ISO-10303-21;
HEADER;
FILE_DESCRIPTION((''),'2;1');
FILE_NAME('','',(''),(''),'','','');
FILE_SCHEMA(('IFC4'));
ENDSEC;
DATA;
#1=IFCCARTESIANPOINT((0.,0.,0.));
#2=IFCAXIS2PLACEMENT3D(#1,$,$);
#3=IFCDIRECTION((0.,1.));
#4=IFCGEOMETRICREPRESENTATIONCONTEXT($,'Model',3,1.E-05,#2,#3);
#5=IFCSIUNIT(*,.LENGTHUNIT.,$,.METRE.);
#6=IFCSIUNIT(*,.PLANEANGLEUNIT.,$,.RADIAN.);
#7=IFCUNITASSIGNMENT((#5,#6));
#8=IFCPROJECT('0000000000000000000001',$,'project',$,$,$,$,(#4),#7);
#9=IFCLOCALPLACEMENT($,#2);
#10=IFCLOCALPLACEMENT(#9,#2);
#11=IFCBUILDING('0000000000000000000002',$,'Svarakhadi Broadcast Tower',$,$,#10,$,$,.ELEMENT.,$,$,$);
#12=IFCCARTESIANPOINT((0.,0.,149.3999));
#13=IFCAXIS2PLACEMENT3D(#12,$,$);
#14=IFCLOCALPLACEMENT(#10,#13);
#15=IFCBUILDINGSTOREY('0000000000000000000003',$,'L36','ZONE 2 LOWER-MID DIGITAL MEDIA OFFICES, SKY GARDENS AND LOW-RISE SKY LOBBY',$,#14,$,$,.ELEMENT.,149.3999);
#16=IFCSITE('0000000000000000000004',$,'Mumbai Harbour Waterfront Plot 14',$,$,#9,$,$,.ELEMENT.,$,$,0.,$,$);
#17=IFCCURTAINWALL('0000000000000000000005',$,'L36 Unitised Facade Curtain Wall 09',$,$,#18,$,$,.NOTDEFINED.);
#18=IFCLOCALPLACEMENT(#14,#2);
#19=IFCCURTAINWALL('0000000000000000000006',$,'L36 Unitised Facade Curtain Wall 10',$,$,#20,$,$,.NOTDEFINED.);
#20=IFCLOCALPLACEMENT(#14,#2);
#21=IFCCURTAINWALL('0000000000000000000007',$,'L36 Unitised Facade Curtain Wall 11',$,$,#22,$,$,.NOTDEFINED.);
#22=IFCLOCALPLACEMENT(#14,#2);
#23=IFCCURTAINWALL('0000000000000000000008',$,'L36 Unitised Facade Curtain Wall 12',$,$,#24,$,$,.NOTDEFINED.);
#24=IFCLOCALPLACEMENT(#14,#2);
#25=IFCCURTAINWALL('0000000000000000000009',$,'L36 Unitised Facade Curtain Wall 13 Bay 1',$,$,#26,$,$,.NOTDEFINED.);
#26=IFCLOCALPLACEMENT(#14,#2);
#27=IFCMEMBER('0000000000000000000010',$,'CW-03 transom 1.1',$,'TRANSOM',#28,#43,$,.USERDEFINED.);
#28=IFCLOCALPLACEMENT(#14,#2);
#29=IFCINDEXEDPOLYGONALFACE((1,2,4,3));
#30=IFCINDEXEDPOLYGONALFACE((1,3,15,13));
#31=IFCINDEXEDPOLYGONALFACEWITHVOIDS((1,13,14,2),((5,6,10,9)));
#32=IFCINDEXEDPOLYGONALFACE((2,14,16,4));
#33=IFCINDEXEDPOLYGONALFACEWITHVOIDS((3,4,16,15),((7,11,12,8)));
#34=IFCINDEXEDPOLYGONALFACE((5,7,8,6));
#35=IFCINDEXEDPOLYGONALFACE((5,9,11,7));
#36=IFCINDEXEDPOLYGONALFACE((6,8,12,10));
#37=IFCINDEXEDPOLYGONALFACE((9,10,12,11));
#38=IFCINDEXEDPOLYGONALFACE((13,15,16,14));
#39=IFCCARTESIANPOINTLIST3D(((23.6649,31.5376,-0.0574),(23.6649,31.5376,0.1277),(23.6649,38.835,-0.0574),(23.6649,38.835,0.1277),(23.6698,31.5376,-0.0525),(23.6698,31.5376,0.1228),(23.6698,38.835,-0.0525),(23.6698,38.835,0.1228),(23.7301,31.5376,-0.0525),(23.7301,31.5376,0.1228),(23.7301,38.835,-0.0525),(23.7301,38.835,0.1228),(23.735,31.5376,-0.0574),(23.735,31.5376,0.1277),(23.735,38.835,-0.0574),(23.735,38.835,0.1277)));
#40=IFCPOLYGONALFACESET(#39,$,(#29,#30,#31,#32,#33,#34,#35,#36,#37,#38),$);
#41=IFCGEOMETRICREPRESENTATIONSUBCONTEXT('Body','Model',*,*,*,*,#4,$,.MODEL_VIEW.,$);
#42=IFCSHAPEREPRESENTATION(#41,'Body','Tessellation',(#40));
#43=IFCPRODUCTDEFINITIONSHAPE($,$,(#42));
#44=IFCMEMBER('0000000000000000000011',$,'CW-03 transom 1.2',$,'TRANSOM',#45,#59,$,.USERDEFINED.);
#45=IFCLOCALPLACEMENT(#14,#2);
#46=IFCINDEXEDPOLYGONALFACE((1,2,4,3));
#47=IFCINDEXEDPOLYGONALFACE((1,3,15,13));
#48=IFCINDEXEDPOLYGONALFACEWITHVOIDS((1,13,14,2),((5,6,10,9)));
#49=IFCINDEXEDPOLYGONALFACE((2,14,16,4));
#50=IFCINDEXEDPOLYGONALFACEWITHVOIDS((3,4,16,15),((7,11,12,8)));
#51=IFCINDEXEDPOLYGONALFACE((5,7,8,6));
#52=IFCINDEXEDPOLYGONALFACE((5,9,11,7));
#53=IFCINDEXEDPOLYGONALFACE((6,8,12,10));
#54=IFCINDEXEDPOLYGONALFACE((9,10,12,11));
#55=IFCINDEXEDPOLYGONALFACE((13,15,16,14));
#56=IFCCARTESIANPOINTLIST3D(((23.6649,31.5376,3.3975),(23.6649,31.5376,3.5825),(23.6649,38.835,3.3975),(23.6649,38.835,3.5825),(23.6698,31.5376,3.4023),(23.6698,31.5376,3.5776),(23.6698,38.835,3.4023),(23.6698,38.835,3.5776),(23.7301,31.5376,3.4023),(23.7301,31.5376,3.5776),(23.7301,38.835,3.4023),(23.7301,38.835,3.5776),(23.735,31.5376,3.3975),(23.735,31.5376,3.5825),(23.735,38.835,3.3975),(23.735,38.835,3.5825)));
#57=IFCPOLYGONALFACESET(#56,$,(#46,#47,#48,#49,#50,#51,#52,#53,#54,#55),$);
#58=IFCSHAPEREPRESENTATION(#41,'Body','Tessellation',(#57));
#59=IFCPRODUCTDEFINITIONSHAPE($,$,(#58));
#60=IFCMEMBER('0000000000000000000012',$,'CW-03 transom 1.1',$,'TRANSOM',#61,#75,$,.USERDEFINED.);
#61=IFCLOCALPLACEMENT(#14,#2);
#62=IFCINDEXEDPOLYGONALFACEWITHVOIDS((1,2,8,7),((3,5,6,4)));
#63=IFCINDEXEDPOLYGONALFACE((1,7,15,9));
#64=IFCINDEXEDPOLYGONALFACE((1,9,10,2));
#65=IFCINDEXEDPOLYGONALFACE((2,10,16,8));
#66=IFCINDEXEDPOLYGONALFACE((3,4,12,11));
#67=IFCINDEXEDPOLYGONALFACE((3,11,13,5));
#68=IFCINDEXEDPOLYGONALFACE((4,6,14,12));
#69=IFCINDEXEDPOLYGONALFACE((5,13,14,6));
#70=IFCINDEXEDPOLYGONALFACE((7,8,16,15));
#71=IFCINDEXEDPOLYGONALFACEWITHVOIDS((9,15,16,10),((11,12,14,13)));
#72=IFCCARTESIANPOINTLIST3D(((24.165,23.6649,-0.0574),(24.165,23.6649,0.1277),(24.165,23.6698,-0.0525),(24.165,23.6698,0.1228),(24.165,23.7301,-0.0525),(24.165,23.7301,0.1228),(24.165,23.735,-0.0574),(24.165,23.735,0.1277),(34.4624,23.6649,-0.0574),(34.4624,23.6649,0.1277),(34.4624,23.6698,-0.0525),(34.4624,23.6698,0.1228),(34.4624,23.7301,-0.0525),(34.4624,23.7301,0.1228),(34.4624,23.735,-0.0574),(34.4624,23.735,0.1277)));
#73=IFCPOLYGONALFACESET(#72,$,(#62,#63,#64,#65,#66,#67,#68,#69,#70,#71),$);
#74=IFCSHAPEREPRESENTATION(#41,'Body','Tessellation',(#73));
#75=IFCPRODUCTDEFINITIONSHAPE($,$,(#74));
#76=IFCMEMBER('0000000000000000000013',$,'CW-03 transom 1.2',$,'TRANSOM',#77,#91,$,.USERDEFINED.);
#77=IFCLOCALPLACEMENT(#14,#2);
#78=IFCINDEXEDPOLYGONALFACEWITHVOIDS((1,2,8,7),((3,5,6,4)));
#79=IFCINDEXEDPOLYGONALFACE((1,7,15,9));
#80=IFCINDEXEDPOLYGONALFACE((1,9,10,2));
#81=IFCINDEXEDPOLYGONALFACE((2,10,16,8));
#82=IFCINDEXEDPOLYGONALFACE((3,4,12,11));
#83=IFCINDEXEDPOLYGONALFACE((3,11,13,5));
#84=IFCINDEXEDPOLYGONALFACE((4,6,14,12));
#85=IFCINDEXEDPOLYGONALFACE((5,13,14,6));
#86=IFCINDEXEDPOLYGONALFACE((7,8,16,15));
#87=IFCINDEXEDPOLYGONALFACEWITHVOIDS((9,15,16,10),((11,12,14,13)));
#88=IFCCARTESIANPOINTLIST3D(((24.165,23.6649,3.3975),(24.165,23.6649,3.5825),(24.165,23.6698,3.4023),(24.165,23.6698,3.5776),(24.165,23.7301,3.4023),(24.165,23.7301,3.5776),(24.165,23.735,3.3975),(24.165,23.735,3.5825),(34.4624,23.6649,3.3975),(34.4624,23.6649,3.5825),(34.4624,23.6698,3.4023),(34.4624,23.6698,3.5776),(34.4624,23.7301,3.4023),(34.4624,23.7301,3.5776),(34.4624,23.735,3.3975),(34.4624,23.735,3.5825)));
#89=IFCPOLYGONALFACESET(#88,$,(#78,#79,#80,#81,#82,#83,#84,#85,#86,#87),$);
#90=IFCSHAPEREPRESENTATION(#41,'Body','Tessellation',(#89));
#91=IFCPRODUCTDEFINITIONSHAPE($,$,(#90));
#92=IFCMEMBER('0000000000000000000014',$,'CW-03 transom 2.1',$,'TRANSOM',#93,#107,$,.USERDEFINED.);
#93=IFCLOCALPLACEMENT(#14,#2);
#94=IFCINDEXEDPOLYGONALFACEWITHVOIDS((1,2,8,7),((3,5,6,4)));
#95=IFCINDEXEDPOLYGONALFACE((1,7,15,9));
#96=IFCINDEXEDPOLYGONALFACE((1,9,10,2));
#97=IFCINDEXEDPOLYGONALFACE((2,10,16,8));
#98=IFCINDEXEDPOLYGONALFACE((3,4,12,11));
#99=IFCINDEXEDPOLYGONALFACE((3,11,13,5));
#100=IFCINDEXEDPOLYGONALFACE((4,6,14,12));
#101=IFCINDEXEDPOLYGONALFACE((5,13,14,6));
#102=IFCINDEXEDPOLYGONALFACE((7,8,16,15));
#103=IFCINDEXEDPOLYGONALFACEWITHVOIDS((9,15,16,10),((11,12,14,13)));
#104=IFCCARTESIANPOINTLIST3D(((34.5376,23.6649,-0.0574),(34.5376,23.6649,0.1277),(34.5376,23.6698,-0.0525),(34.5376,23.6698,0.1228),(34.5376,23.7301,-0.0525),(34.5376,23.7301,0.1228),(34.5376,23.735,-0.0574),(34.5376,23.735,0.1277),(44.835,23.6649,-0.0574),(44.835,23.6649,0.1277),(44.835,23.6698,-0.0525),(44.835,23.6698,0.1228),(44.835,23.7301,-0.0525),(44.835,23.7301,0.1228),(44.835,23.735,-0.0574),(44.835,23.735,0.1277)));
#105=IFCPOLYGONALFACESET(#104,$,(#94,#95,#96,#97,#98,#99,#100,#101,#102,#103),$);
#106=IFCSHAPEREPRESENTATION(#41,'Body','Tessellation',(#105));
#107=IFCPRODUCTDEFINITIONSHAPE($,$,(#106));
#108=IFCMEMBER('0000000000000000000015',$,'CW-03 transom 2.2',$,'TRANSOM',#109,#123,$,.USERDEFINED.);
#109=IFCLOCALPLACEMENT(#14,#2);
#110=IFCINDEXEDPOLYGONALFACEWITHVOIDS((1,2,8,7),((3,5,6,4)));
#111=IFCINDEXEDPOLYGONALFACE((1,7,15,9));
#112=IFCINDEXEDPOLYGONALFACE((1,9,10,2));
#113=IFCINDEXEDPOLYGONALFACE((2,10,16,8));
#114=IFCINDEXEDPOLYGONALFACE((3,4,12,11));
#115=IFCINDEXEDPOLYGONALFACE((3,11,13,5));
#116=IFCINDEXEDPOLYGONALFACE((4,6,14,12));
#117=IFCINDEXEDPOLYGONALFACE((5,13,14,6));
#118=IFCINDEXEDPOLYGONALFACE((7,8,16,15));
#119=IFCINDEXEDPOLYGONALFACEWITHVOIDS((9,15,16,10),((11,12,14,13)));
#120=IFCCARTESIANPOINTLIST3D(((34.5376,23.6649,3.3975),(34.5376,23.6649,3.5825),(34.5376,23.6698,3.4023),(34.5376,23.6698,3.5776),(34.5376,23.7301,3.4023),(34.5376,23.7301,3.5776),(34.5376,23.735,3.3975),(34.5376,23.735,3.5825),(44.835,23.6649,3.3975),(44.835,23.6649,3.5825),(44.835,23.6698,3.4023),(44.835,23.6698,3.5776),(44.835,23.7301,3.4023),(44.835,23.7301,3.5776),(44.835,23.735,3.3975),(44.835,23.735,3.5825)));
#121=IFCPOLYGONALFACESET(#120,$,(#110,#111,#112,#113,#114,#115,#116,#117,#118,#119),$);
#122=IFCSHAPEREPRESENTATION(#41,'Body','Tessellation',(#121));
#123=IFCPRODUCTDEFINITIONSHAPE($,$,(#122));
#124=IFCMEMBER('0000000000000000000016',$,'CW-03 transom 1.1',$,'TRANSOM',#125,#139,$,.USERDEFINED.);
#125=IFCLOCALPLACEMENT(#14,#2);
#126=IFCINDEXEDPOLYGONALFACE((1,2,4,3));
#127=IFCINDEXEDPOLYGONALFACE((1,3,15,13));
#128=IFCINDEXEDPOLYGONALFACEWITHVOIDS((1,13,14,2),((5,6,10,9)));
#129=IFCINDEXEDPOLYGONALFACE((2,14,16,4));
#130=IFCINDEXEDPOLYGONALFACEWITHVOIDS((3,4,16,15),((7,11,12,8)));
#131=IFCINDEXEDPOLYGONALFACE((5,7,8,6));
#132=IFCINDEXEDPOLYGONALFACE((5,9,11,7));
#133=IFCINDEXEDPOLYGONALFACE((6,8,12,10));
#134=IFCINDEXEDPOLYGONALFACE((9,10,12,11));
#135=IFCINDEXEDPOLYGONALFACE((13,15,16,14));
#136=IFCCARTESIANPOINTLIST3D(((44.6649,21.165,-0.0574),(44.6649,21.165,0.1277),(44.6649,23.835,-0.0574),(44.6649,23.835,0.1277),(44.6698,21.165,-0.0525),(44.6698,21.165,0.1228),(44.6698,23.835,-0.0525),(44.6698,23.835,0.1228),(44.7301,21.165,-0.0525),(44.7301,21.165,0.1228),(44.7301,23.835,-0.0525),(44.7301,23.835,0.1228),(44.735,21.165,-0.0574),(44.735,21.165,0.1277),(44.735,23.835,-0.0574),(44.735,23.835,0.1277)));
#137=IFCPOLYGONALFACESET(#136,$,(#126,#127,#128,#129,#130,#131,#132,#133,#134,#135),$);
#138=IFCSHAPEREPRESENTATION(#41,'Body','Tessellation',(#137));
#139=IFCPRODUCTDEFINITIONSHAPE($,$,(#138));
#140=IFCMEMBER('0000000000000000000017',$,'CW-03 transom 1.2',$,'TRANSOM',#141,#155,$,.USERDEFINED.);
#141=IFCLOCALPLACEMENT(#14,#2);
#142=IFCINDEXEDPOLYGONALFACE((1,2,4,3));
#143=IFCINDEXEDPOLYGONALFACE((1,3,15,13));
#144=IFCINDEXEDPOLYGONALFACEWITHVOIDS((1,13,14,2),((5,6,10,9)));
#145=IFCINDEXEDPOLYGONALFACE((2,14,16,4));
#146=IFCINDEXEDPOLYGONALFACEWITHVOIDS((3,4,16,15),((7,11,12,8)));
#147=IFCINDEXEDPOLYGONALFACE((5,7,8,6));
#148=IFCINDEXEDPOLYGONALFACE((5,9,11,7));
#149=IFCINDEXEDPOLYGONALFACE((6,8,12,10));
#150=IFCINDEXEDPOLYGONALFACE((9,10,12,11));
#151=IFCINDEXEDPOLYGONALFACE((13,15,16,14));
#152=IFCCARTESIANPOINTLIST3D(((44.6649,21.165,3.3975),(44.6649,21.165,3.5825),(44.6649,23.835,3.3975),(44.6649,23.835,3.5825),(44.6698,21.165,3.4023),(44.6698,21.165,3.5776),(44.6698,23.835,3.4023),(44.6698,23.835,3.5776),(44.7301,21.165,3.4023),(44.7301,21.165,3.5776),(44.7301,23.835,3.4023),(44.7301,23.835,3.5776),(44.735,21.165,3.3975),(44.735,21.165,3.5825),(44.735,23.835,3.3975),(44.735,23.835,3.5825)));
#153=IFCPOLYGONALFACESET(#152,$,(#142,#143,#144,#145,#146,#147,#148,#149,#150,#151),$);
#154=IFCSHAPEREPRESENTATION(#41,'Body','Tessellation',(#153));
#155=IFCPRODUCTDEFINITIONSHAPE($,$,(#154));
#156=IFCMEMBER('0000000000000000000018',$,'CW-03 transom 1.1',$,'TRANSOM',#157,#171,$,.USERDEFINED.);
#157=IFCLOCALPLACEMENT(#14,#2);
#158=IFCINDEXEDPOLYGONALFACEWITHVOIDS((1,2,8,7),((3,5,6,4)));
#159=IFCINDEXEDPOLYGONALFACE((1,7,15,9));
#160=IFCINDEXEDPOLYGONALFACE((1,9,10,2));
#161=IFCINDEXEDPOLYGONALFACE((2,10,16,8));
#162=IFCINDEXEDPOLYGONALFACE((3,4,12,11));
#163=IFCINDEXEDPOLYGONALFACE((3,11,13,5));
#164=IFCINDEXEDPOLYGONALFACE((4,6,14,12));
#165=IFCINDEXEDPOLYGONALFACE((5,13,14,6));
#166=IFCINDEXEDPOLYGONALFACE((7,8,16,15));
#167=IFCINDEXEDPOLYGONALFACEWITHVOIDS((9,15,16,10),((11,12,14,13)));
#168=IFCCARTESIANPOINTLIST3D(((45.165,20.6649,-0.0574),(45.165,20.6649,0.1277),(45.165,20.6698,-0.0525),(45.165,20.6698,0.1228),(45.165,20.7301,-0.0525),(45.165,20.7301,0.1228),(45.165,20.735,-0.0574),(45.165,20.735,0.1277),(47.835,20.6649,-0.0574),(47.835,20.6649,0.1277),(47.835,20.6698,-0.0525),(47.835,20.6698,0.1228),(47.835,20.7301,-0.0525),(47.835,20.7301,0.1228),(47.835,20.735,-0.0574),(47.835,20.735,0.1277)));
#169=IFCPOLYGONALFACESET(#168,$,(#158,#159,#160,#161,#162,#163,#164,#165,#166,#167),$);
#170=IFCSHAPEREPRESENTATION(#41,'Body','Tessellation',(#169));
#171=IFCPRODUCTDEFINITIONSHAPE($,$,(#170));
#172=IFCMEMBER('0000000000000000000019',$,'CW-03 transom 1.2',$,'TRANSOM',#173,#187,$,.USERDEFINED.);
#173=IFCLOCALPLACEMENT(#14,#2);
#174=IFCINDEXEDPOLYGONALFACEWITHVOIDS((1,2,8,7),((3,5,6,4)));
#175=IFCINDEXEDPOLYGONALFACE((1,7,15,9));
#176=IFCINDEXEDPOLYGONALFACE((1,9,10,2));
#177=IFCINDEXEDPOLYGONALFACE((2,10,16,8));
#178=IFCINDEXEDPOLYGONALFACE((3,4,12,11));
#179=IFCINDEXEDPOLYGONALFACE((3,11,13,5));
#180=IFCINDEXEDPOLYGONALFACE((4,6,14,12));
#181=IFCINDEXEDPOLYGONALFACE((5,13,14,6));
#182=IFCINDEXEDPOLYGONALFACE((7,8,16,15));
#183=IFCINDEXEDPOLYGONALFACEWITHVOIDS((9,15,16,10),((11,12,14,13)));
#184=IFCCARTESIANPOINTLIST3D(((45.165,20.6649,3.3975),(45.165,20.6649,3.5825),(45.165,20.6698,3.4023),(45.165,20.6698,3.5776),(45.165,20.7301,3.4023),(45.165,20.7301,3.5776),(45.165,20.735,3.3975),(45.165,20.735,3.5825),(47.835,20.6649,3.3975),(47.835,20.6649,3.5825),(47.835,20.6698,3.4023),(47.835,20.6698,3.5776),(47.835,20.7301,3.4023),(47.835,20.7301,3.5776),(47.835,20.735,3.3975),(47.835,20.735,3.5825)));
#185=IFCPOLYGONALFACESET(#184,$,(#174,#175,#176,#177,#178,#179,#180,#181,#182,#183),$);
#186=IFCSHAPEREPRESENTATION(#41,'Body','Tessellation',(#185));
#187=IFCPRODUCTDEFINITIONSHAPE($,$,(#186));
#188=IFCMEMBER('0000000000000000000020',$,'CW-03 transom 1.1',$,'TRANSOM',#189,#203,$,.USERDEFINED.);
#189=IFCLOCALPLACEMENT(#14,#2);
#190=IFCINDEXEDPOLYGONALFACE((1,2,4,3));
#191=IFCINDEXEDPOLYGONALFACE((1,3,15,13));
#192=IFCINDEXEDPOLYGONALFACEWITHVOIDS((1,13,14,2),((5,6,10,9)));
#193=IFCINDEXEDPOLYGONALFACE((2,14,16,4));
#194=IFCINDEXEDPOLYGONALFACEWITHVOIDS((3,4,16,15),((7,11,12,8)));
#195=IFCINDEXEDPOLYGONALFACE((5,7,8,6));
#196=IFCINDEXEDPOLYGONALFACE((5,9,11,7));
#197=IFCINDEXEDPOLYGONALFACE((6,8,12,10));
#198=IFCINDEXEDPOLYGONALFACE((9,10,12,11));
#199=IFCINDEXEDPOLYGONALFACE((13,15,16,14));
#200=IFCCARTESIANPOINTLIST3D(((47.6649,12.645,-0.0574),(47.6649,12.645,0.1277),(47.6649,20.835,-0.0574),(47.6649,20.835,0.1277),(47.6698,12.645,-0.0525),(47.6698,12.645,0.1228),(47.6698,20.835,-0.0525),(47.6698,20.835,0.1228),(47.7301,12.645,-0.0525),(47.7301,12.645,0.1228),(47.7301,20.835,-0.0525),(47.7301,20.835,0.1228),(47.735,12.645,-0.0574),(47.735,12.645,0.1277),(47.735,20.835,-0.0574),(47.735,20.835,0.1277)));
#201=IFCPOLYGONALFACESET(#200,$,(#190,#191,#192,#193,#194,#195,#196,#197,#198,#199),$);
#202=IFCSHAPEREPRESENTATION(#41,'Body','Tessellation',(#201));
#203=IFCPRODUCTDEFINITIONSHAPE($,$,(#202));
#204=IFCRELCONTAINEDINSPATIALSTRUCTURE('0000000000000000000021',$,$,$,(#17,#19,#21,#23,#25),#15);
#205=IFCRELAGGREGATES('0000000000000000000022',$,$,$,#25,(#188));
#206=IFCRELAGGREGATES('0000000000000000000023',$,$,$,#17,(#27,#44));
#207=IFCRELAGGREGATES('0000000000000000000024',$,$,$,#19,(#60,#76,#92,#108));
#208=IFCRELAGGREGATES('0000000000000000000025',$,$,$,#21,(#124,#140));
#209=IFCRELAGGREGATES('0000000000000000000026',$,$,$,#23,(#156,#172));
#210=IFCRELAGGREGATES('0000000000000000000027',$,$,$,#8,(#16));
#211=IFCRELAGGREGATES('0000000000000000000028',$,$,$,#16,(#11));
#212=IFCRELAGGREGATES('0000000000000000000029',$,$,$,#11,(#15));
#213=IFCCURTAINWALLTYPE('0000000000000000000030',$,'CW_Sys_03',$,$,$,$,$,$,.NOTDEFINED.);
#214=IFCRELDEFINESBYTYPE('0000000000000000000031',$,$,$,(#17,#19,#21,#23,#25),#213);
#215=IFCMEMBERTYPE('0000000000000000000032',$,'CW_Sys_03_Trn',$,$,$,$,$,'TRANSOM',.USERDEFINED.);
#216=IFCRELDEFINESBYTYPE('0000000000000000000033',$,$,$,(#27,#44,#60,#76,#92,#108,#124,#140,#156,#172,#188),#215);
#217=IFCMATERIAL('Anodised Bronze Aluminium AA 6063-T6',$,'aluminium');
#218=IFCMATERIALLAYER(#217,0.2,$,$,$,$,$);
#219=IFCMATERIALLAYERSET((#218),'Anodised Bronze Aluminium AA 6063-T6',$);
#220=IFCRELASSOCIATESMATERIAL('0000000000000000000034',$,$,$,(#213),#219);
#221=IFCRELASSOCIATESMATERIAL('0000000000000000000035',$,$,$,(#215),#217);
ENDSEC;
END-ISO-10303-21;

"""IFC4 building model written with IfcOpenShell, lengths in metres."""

from ifc_helpers import new_model, si_unit, direction, frame, origin, origin_2d, place, context, subcontext, project, spatial, hollow_rectangle, extrude, material, layer, layer_set, material_profile, profile_set, type_object, element, aggregate, save


model = new_model("IFC4")

# Units and contexts
model_context = context("Model", 3, precision=1e-05, world=origin(), true_north=direction((0.0, 1.0)))
body_context = subcontext(model_context, "Body", "Model", "MODEL_VIEW")
ifc_project = project(units=[si_unit("LENGTHUNIT", "METRE"), si_unit("PLANEANGLEUNIT", "RADIAN")], contexts=[model_context])

# Site, building, storey
site_placement = place(None, origin())
site = spatial("IfcSite", under=ifc_project, at=site_placement, Name="Mumbai Harbour Waterfront Plot 14", CompositionType="ELEMENT", RefElevation=0.0)
building_placement = place(site_placement, origin())
building = spatial("IfcBuilding", under=site, at=building_placement, Name="Svarakhadi Broadcast Tower", CompositionType="ELEMENT")
storey_placement = place(building_placement, frame((0.0, 0.0, 149.3999)))
storey = spatial("IfcBuildingStorey", under=building, at=storey_placement, Name="L36", Description="ZONE 2 LOWER-MID DIGITAL MEDIA OFFICES, SKY GARDENS AND LOW-RISE SKY LOBBY", CompositionType="ELEMENT", Elevation=149.3999)

# Shared definitions
ifc_material_1 = material(Name="Anodised Bronze Aluminium AA 6063-T6", Category="aluminium")
ifc_layer_1 = layer(ifc_material_1, 0.2)
ifc_layer_set_1 = layer_set([ifc_layer_1], Name="Anodised Bronze Aluminium AA 6063-T6")
curtain_wall_type = type_object("IfcCurtainWallType", Name="CW_Sys_03", PredefinedType="NOTDEFINED", material=ifc_layer_set_1)

# Curtain walls
curtain_wall_1_placement = place(storey_placement, origin())
curtain_wall_1 = element("IfcCurtainWall", 1, at=curtain_wall_1_placement, inside=storey, type_object=curtain_wall_type, Name="L36 Unitised Facade Curtain Wall 09", PredefinedType="NOTDEFINED")
curtain_wall_2_placement = place(storey_placement, origin())
curtain_wall_2 = element("IfcCurtainWall", 2, at=curtain_wall_2_placement, inside=storey, type_object=curtain_wall_type, Name="L36 Unitised Facade Curtain Wall 10", PredefinedType="NOTDEFINED")
curtain_wall_3_placement = place(storey_placement, origin())
curtain_wall_3 = element("IfcCurtainWall", 3, at=curtain_wall_3_placement, inside=storey, type_object=curtain_wall_type, Name="L36 Unitised Facade Curtain Wall 11", PredefinedType="NOTDEFINED")
curtain_wall_4_placement = place(storey_placement, origin())
curtain_wall_4 = element("IfcCurtainWall", 4, at=curtain_wall_4_placement, inside=storey, type_object=curtain_wall_type, Name="L36 Unitised Facade Curtain Wall 12", PredefinedType="NOTDEFINED")

# Curtain wall
curtain_wall_5_placement = place(storey_placement, origin())
curtain_wall_5 = element("IfcCurtainWall", 5, at=curtain_wall_5_placement, inside=storey, type_object=curtain_wall_type, Name="L36 Unitised Facade Curtain Wall 13 Bay 1", PredefinedType="NOTDEFINED")

# Members
ifc_material_profile_1 = material_profile(ifc_material_1, hollow_rectangle(XDim=0.0701, YDim=0.1851, WallThickness=0.0049, at=origin_2d()), Name="ALU TRANSOM 185x70x5")
ifc_profile_set_1 = profile_set([ifc_material_profile_1], Name="Anodised Bronze Aluminium AA 6063-T6")
member_type_1 = type_object("IfcMemberType", Name="CW_Sys_03_Trn", ElementType="TRANSOM", PredefinedType="USERDEFINED", material=ifc_profile_set_1)
member_1_placement = place(storey_placement, frame((23.7, 38.835, 0.0352), z_axis=(0.0, -1.0, 0.0), x_axis=(1.0, 0.0, 0.0)))
member_1 = element("IfcMember", 6, at=member_1_placement, type_object=member_type_1, Name="CW-03 transom 1.1", ObjectType="TRANSOM", PredefinedType="USERDEFINED", context=body_context, shape_type="SweptSolid", body=[
    extrude(hollow_rectangle(XDim=0.0701, YDim=0.1851, WallThickness=0.0049, at=origin_2d()), origin(), (0.0, 0.0, 1.0), 7.2974),
])
member_2_placement = place(storey_placement, frame((23.7, 38.835, 3.49), z_axis=(0.0, -1.0, 0.0), x_axis=(1.0, 0.0, 0.0)))
member_2 = element("IfcMember", 7, at=member_2_placement, type_object=member_type_1, Name="CW-03 transom 1.2", ObjectType="TRANSOM", PredefinedType="USERDEFINED", context=body_context, shape_type="SweptSolid", body=[
    extrude(hollow_rectangle(XDim=0.0701, YDim=0.1851, WallThickness=0.0049, at=origin_2d()), origin(), (0.0, 0.0, 1.0), 7.2974),
])
member_3_placement = place(storey_placement, frame((24.165, 23.7, 0.0352), z_axis=(1.0, 0.0, 0.0), x_axis=(0.0, 1.0, 0.0)))
member_3 = element("IfcMember", 8, at=member_3_placement, type_object=member_type_1, Name="CW-03 transom 1.1", ObjectType="TRANSOM", PredefinedType="USERDEFINED", context=body_context, shape_type="SweptSolid", body=[
    extrude(hollow_rectangle(XDim=0.0701, YDim=0.1851, WallThickness=0.0049, at=origin_2d()), origin(), (0.0, 0.0, 1.0), 10.2974),
])
member_4_placement = place(storey_placement, frame((24.165, 23.7, 3.49), z_axis=(1.0, 0.0, 0.0), x_axis=(0.0, 1.0, 0.0)))
member_4 = element("IfcMember", 9, at=member_4_placement, type_object=member_type_1, Name="CW-03 transom 1.2", ObjectType="TRANSOM", PredefinedType="USERDEFINED", context=body_context, shape_type="SweptSolid", body=[
    extrude(hollow_rectangle(XDim=0.0701, YDim=0.1851, WallThickness=0.0049, at=origin_2d()), origin(), (0.0, 0.0, 1.0), 10.2974),
])
member_5_placement = place(storey_placement, frame((34.5376, 23.7, 0.0352), z_axis=(1.0, 0.0, 0.0), x_axis=(0.0, 1.0, 0.0)))
member_5 = element("IfcMember", 10, at=member_5_placement, type_object=member_type_1, Name="CW-03 transom 2.1", ObjectType="TRANSOM", PredefinedType="USERDEFINED", context=body_context, shape_type="SweptSolid", body=[
    extrude(hollow_rectangle(XDim=0.0701, YDim=0.1851, WallThickness=0.0049, at=origin_2d()), origin(), (0.0, 0.0, 1.0), 10.2974),
])
member_6_placement = place(storey_placement, frame((34.5376, 23.7, 3.49), z_axis=(1.0, 0.0, 0.0), x_axis=(0.0, 1.0, 0.0)))
member_6 = element("IfcMember", 11, at=member_6_placement, type_object=member_type_1, Name="CW-03 transom 2.2", ObjectType="TRANSOM", PredefinedType="USERDEFINED", context=body_context, shape_type="SweptSolid", body=[
    extrude(hollow_rectangle(XDim=0.0701, YDim=0.1851, WallThickness=0.0049, at=origin_2d()), origin(), (0.0, 0.0, 1.0), 10.2974),
])
member_7_placement = place(storey_placement, frame((44.7, 23.835, 0.0352), z_axis=(0.0, -1.0, 0.0), x_axis=(1.0, 0.0, 0.0)))
member_7 = element("IfcMember", 12, at=member_7_placement, type_object=member_type_1, Name="CW-03 transom 1.1", ObjectType="TRANSOM", PredefinedType="USERDEFINED", context=body_context, shape_type="SweptSolid", body=[
    extrude(hollow_rectangle(XDim=0.0701, YDim=0.1851, WallThickness=0.0049, at=origin_2d()), origin(), (0.0, 0.0, 1.0), 2.6699),
])
member_8_placement = place(storey_placement, frame((44.7, 23.835, 3.49), z_axis=(0.0, -1.0, 0.0), x_axis=(1.0, 0.0, 0.0)))
member_8 = element("IfcMember", 13, at=member_8_placement, type_object=member_type_1, Name="CW-03 transom 1.2", ObjectType="TRANSOM", PredefinedType="USERDEFINED", context=body_context, shape_type="SweptSolid", body=[
    extrude(hollow_rectangle(XDim=0.0701, YDim=0.1851, WallThickness=0.0049, at=origin_2d()), origin(), (0.0, 0.0, 1.0), 2.6699),
])
member_9_placement = place(storey_placement, frame((45.165, 20.7, 0.0352), z_axis=(1.0, 0.0, 0.0), x_axis=(0.0, 1.0, 0.0)))
member_9 = element("IfcMember", 14, at=member_9_placement, type_object=member_type_1, Name="CW-03 transom 1.1", ObjectType="TRANSOM", PredefinedType="USERDEFINED", context=body_context, shape_type="SweptSolid", body=[
    extrude(hollow_rectangle(XDim=0.0701, YDim=0.1851, WallThickness=0.0049, at=origin_2d()), origin(), (0.0, 0.0, 1.0), 2.6699),
])
member_10_placement = place(storey_placement, frame((45.165, 20.7, 3.49), z_axis=(1.0, 0.0, 0.0), x_axis=(0.0, 1.0, 0.0)))
member_10 = element("IfcMember", 15, at=member_10_placement, type_object=member_type_1, Name="CW-03 transom 1.2", ObjectType="TRANSOM", PredefinedType="USERDEFINED", context=body_context, shape_type="SweptSolid", body=[
    extrude(hollow_rectangle(XDim=0.0701, YDim=0.1851, WallThickness=0.0049, at=origin_2d()), origin(), (0.0, 0.0, 1.0), 2.6699),
])
member_11_placement = place(storey_placement, frame((47.7, 20.835, 0.0352), z_axis=(0.0, -1.0, 0.0), x_axis=(1.0, 0.0, 0.0)))
member_11 = element("IfcMember", 16, at=member_11_placement, type_object=member_type_1, Name="CW-03 transom 1.1", ObjectType="TRANSOM", PredefinedType="USERDEFINED", context=body_context, shape_type="SweptSolid", body=[
    extrude(hollow_rectangle(XDim=0.0701, YDim=0.1851, WallThickness=0.0049, at=origin_2d()), origin(), (0.0, 0.0, 1.0), 8.1899),
])
aggregate(curtain_wall_5, [member_11])

aggregate(curtain_wall_1, [member_1, member_2])
aggregate(curtain_wall_2, [member_3, member_4, member_5, member_6])
aggregate(curtain_wall_3, [member_7, member_8])
aggregate(curtain_wall_4, [member_9, member_10])

save(model, "model.ifc")
